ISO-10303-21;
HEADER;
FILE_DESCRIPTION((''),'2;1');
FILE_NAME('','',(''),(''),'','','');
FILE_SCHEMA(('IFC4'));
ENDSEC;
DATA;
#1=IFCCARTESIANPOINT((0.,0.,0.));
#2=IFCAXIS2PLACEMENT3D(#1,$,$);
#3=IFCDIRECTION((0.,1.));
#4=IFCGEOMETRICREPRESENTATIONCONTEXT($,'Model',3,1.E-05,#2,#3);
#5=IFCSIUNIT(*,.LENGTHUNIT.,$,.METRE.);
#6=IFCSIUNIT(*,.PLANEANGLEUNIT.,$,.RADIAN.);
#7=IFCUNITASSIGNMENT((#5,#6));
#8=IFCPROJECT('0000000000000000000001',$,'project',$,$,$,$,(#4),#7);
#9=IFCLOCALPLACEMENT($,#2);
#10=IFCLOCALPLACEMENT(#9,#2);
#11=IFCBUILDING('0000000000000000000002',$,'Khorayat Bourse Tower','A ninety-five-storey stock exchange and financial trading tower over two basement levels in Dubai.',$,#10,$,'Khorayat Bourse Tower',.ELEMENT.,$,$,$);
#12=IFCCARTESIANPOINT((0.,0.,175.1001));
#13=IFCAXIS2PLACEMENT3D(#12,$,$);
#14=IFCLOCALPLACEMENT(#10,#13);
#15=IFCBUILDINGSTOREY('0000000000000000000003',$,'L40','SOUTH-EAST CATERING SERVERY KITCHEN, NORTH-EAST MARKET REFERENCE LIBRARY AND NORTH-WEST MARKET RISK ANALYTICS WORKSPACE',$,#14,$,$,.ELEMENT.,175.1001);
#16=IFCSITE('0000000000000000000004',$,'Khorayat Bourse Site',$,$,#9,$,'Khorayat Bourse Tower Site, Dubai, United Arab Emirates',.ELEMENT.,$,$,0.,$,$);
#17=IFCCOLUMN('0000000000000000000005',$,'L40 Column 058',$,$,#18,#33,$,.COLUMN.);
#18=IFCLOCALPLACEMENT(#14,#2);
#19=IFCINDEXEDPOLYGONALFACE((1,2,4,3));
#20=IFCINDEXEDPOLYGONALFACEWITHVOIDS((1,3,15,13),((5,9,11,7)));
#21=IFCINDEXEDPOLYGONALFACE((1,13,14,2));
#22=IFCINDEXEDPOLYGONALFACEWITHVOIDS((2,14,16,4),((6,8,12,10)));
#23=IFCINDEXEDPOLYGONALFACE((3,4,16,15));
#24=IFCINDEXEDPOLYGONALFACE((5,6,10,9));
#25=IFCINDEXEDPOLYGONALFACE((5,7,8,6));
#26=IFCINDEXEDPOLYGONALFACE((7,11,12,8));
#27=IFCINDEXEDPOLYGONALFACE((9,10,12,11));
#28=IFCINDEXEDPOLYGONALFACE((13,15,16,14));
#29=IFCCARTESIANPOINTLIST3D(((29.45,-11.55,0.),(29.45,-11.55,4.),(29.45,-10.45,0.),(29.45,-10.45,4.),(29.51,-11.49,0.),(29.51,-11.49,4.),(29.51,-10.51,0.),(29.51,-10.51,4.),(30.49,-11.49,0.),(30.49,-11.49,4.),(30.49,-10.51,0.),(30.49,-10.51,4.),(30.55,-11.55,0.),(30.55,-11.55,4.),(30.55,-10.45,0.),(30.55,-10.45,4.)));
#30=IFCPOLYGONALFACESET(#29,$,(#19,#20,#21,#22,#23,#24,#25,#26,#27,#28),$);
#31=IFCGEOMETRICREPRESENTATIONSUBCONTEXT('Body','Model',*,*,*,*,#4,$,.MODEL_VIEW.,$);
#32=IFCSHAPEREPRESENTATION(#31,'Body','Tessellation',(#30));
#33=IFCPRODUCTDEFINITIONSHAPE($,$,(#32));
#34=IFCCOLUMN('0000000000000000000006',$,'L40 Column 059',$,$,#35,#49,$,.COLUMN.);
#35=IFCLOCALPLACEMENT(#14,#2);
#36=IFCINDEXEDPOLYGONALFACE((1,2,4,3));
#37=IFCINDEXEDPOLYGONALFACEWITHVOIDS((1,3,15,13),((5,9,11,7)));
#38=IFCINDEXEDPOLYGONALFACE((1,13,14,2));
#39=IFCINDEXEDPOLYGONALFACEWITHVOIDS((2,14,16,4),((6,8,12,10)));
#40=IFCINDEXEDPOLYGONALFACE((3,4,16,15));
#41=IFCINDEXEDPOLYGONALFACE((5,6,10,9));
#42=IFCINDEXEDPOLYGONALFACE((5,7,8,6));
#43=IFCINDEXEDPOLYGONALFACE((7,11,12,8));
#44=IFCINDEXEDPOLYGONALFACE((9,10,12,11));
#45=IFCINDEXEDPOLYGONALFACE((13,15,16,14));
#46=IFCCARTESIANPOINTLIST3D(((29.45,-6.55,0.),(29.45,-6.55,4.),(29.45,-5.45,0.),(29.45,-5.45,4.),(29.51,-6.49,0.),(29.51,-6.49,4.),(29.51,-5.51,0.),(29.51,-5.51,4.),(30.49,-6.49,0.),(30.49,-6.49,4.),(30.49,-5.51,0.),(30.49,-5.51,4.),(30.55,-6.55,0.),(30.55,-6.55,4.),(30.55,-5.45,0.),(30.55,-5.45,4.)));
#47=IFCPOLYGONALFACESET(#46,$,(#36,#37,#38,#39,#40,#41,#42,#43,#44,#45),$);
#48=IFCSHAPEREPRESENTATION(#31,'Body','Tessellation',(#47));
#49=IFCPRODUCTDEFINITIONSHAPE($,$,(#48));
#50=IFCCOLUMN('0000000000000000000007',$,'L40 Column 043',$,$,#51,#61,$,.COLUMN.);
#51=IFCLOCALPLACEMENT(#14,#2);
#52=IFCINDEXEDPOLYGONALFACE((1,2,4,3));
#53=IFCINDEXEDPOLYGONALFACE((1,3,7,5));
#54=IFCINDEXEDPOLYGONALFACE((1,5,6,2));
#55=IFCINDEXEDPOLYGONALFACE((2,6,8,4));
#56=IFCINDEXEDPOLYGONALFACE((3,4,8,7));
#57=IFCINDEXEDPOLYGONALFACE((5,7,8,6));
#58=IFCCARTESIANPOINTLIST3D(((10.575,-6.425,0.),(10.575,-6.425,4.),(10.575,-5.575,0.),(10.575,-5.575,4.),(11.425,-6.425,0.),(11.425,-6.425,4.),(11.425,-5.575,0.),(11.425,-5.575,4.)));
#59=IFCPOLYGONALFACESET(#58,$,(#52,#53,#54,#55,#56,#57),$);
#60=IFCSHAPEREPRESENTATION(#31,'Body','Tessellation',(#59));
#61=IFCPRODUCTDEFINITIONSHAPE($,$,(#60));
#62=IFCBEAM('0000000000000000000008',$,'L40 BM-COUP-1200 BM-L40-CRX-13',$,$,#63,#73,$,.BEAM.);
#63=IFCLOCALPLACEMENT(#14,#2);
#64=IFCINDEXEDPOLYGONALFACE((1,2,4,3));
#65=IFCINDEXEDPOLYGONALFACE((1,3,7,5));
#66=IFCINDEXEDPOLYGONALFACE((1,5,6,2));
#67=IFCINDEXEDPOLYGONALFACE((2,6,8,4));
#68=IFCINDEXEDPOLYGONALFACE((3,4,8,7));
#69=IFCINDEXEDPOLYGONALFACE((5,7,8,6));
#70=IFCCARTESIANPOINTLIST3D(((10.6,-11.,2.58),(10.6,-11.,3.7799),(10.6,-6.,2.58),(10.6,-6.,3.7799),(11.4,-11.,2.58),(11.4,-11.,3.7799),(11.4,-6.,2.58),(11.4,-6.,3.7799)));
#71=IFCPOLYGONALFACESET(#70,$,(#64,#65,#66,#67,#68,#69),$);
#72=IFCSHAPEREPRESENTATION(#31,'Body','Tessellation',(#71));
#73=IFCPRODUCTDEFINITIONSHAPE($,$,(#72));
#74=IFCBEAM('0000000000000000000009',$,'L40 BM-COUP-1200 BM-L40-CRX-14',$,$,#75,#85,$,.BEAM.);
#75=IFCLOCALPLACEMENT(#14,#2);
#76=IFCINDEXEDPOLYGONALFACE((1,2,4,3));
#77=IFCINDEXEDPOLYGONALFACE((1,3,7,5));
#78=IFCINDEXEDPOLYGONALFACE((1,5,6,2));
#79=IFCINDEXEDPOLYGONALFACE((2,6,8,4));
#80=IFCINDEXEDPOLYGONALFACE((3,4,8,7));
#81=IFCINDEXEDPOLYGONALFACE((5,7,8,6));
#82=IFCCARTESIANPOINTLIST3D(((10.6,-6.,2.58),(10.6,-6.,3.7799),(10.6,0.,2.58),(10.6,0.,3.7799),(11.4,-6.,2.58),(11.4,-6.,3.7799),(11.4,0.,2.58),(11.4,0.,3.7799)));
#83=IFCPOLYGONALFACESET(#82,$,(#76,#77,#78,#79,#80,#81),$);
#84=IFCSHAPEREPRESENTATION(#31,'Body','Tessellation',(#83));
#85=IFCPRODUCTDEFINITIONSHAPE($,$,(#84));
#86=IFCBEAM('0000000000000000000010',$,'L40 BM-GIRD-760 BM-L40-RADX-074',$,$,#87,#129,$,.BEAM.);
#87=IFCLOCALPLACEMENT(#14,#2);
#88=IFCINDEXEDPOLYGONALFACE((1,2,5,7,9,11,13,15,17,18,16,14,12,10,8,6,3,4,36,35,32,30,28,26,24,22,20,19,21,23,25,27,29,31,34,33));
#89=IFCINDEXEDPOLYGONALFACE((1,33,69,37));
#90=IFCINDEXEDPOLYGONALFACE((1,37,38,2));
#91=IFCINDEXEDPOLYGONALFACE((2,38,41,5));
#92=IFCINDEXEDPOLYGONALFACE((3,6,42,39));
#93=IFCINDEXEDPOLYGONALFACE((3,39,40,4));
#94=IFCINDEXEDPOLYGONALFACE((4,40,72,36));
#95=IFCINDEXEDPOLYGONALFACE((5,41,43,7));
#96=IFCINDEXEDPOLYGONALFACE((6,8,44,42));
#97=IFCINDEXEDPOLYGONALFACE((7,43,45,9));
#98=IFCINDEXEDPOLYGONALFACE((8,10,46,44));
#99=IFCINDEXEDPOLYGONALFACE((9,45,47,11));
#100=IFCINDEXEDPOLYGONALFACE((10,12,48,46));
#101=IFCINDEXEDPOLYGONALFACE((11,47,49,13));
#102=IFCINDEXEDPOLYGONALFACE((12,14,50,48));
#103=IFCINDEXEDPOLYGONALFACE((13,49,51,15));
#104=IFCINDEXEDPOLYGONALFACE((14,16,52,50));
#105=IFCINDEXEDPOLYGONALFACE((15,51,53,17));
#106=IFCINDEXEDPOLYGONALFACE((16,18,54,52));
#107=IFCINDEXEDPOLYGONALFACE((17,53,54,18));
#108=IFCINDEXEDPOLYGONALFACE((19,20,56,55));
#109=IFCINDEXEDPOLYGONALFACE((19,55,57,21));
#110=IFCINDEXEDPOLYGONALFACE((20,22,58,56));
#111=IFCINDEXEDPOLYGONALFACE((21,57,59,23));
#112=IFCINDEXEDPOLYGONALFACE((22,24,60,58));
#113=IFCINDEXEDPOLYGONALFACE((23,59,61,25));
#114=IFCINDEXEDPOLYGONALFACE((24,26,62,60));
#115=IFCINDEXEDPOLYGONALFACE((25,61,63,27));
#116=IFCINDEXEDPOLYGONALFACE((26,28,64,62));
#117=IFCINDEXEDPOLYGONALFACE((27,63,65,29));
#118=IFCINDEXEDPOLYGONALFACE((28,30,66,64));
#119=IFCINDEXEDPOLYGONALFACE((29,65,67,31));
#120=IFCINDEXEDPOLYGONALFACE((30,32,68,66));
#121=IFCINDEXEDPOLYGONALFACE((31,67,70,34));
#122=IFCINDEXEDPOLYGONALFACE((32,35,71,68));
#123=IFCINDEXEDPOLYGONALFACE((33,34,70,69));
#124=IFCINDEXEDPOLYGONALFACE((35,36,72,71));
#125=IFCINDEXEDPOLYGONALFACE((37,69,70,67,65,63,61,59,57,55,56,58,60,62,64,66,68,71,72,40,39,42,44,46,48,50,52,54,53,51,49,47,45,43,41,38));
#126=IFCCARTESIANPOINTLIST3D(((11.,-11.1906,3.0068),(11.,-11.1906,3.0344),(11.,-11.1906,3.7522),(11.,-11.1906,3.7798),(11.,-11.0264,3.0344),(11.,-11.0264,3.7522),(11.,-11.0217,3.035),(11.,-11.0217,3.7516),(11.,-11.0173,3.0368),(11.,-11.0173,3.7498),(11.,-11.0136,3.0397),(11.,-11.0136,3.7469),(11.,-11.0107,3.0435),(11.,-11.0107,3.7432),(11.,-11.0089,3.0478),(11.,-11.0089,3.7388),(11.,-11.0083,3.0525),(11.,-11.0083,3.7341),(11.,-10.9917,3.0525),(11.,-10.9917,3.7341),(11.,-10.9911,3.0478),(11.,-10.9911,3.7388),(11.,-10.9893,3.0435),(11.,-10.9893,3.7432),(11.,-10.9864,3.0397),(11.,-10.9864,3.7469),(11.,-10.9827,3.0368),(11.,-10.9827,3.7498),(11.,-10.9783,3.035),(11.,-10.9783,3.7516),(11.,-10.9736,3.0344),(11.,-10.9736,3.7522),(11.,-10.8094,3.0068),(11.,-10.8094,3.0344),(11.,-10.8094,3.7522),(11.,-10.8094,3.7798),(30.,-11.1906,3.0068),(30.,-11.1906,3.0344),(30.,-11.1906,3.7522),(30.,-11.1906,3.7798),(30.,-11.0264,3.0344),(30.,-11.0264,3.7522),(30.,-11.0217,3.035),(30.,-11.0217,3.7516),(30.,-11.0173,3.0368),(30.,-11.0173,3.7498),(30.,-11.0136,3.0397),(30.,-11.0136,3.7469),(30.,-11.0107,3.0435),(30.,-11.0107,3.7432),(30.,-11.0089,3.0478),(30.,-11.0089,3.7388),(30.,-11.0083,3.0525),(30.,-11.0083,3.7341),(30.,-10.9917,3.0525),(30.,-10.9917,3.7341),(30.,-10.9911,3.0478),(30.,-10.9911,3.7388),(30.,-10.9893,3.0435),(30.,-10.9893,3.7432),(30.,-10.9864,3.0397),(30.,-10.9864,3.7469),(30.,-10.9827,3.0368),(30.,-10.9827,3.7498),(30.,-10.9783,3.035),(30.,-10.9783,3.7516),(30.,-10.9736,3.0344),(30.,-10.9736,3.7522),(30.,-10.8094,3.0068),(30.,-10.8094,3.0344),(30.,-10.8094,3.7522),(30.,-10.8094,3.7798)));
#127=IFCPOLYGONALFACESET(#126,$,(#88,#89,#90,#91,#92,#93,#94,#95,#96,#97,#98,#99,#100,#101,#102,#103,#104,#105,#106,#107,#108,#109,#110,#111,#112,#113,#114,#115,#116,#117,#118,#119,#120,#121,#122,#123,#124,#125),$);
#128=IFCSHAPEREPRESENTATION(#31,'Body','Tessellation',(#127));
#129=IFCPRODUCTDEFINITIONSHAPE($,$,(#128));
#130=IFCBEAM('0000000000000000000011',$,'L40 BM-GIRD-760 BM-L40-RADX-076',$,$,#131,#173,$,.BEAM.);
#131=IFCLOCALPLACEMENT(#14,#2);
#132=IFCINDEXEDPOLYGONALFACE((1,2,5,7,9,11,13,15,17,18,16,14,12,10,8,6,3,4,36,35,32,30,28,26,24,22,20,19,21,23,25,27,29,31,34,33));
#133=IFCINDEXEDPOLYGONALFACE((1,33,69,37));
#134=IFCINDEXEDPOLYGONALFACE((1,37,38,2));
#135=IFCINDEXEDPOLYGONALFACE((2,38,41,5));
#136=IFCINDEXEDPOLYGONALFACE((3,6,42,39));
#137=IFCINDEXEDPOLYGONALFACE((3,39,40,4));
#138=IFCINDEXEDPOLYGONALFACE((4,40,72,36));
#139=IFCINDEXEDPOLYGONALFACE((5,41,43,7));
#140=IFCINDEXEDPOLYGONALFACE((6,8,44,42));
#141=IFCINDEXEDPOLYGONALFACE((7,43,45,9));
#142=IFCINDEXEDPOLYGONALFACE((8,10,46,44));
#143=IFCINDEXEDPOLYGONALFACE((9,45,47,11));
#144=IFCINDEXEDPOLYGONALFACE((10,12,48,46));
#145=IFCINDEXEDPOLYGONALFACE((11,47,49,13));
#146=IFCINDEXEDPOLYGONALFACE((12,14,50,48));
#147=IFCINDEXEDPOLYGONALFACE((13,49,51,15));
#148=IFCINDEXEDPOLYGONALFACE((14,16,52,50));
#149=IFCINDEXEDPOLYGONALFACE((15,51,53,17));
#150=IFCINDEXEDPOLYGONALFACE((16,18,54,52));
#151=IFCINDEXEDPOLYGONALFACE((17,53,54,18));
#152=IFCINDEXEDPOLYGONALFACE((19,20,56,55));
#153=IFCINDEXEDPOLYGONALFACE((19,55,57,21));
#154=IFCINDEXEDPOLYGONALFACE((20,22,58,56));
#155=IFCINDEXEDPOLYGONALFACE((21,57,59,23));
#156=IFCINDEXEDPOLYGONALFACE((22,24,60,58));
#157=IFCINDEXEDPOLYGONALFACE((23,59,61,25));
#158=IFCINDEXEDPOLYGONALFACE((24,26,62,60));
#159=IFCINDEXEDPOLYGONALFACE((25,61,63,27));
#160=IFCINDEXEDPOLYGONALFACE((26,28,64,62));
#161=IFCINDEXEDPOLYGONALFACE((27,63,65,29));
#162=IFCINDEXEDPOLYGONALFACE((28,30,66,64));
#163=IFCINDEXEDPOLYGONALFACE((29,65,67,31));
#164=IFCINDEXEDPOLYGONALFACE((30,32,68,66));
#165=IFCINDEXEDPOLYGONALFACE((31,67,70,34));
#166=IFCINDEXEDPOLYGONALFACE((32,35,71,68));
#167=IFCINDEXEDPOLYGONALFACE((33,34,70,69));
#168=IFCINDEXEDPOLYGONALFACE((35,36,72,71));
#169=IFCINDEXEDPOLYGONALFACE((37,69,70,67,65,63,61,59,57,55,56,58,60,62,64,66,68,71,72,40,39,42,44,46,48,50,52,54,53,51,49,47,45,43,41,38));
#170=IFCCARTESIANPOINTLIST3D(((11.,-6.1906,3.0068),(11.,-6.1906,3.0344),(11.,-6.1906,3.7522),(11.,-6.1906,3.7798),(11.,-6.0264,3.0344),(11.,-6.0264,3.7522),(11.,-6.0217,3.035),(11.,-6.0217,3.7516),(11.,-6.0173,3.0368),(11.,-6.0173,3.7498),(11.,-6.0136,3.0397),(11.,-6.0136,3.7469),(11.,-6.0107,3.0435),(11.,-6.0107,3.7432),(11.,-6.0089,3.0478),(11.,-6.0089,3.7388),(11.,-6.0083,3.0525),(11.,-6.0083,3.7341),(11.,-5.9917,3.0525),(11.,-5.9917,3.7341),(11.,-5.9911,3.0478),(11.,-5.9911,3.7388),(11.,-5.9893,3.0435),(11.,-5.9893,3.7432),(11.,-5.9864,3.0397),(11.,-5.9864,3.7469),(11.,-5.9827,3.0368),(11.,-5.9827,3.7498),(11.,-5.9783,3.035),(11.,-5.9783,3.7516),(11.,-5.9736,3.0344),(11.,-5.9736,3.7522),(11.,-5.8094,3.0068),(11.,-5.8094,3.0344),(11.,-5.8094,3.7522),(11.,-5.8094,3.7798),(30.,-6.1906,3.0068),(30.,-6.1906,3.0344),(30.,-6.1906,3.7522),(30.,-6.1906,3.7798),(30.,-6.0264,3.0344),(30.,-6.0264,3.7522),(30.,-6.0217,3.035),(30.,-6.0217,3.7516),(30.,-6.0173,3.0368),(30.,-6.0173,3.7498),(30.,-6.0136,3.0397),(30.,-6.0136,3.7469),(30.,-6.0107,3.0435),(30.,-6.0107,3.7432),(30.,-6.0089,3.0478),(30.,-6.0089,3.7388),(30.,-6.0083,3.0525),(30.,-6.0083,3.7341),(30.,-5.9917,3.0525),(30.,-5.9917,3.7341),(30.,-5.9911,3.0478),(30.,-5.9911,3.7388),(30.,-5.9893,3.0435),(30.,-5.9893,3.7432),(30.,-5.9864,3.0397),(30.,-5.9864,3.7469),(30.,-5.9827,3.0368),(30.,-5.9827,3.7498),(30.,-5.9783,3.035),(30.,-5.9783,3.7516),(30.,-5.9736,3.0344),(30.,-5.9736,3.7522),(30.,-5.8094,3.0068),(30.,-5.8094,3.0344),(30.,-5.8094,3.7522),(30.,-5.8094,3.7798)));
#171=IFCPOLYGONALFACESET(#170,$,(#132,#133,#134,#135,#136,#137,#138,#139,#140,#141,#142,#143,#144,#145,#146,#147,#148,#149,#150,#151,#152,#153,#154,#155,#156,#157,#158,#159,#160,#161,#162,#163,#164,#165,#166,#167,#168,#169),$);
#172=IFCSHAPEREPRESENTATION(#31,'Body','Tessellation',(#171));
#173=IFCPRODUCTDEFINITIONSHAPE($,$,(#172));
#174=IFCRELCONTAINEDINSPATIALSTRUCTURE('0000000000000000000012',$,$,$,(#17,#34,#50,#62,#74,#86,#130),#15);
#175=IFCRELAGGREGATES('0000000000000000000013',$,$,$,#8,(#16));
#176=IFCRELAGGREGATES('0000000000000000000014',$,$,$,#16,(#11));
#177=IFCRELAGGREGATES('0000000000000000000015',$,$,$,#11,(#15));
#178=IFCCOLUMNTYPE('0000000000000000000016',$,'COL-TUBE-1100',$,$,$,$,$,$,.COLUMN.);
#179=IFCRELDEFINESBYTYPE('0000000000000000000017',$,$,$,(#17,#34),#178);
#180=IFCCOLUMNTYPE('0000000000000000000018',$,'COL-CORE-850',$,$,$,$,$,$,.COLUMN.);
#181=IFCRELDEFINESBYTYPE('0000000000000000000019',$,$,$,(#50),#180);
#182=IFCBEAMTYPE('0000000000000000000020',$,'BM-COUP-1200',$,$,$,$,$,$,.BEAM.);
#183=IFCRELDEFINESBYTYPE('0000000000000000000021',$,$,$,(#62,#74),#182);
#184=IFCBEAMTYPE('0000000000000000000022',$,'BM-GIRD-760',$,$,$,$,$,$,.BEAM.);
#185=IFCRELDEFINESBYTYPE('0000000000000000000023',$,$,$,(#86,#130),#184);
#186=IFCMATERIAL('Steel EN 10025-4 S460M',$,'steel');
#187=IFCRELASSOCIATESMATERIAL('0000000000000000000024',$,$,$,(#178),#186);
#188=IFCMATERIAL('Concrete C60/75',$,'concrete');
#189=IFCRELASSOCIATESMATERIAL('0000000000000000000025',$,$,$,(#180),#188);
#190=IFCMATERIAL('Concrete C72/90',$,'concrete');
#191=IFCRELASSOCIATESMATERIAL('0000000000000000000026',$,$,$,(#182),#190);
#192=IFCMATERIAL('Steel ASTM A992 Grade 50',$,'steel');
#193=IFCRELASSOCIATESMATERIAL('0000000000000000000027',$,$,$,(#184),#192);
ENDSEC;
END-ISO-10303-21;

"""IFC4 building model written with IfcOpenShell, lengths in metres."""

from ifc_helpers import new_model, si_unit, direction, frame, origin, origin_2d, place, context, subcontext, project, spatial, rectangle, hollow_rectangle, i_section, extrude, source, transform, mapped, material, material_profile, profile_set, type_object, element, save


model = new_model("IFC4")

# Units and contexts
model_context = context("Model", 3, precision=1e-05, world=origin(), true_north=direction((0.0, 1.0)))
body_context = subcontext(model_context, "Body", "Model", "MODEL_VIEW")
ifc_project = project(units=[si_unit("LENGTHUNIT", "METRE"), si_unit("PLANEANGLEUNIT", "RADIAN")], contexts=[model_context])

# Site, building, storey
site_placement = place(None, origin())
site = spatial("IfcSite", under=ifc_project, at=site_placement, Name="Khorayat Bourse Site", LongName="Khorayat Bourse Tower Site, Dubai, United Arab Emirates", CompositionType="ELEMENT", RefElevation=0.0)
building_placement = place(site_placement, origin())
building = spatial("IfcBuilding", under=site, at=building_placement, Name="Khorayat Bourse Tower", Description="A ninety-five-storey stock exchange and financial trading tower over two basement levels in Dubai.", LongName="Khorayat Bourse Tower", CompositionType="ELEMENT")
storey_placement = place(building_placement, frame((0.0, 0.0, 175.1001)))
storey = spatial("IfcBuildingStorey", under=building, at=storey_placement, Name="L40", Description="SOUTH-EAST CATERING SERVERY KITCHEN, NORTH-EAST MARKET REFERENCE LIBRARY AND NORTH-WEST MARKET RISK ANALYTICS WORKSPACE", CompositionType="ELEMENT", Elevation=175.1001)

# Columns
ifc_material_1 = material(Name="Steel EN 10025-4 S460M", Category="steel")
ifc_material_profile_1 = material_profile(ifc_material_1, hollow_rectangle(XDim=1.1001, YDim=1.1001, WallThickness=0.0601, at=origin_2d()), Name="BOX 1100x1100x60")
ifc_profile_set_1 = profile_set([ifc_material_profile_1], Name="Steel EN 10025-4 S460M")
column_type_1 = type_object("IfcColumnType", Name="COL-TUBE-1100", PredefinedType="COLUMN", material=ifc_profile_set_1)
shared_shape_1 = source(origin(), body_context, "Body", "SweptSolid", [
    extrude(hollow_rectangle(XDim=1.1001, YDim=1.1001, WallThickness=0.0601, at=origin_2d()), origin(), (0.0, 0.0, 1.0), 4.0),
])
for number, where, z_axis, x_axis, name in (
    (1, (30.0, -11.0, 0.0), (0.0, 0.0, 1.0), (1.0, 0.0, 0.0), "L40 Column 058"),
    (2, (30.0, -6.0, 0.0), (0.0, 0.0, 1.0), (1.0, 0.0, 0.0), "L40 Column 059"),
):
    element("IfcColumn", number, at=place(storey_placement, frame(where, z_axis=z_axis, x_axis=x_axis)), inside=storey, type_object=column_type_1, Name=name, PredefinedType="COLUMN", context=body_context, shape_type="MappedRepresentation", body=[
        mapped(shared_shape_1, transform((0.0, 0.0, 0.0), scale=1.0)),
    ])
ifc_material_2 = material(Name="Concrete C60/75", Category="concrete")
ifc_material_profile_2 = material_profile(ifc_material_2, rectangle(XDim=0.8501, YDim=0.8501, at=origin_2d()), Name="RC 850x850")
ifc_profile_set_2 = profile_set([ifc_material_profile_2], Name="Concrete C60/75")
column_type_2 = type_object("IfcColumnType", Name="COL-CORE-850", PredefinedType="COLUMN", material=ifc_profile_set_2)
shared_shape_2 = source(origin(), body_context, "Body", "SweptSolid", [
    extrude(rectangle(XDim=0.8501, YDim=0.8501, at=origin_2d()), origin(), (0.0, 0.0, 1.0), 4.0),
])
column_placement = place(storey_placement, frame((11.0, -6.0, 0.0), z_axis=(0.0, 0.0, 1.0), x_axis=(1.0, 0.0, 0.0)))
element("IfcColumn", 3, at=column_placement, inside=storey, type_object=column_type_2, Name="L40 Column 043", PredefinedType="COLUMN", context=body_context, shape_type="MappedRepresentation", body=[
    mapped(shared_shape_2, transform((0.0, 0.0, 0.0), scale=1.0)),
])

# Beams
ifc_material_3 = material(Name="Concrete C72/90", Category="concrete")
ifc_material_profile_3 = material_profile(ifc_material_3, rectangle(XDim=0.8, YDim=1.2, at=origin_2d()), Name="RC 800x1200")
ifc_profile_set_3 = profile_set([ifc_material_profile_3], Name="Concrete C72/90")
beam_type_1 = type_object("IfcBeamType", Name="BM-COUP-1200", PredefinedType="BEAM", material=ifc_profile_set_3)
shared_shape_3 = source(origin(), body_context, "Body", "SweptSolid", [
    extrude(rectangle(XDim=0.8, YDim=1.2, at=origin_2d()), origin(), (0.0, 0.0, 1.0), 5.0),
])
beam_1_placement = place(storey_placement, frame((11.0, -11.0, 3.1799), z_axis=(0.0, 1.0, 0.0), x_axis=(-1.0, 0.0, 0.0)))
element("IfcBeam", 4, at=beam_1_placement, inside=storey, type_object=beam_type_1, Name="L40 BM-COUP-1200 BM-L40-CRX-13", PredefinedType="BEAM", context=body_context, shape_type="MappedRepresentation", body=[
    mapped(shared_shape_3, transform((0.0, 0.0, 0.0), scale=1.0)),
])
shared_shape_4 = source(origin(), body_context, "Body", "SweptSolid", [
    extrude(rectangle(XDim=0.8, YDim=1.2, at=origin_2d()), origin(), (0.0, 0.0, 1.0), 6.0),
])
beam_2_placement = place(storey_placement, frame((11.0, -6.0, 3.1799), z_axis=(0.0, 1.0, 0.0), x_axis=(-1.0, 0.0, 0.0)))
element("IfcBeam", 5, at=beam_2_placement, inside=storey, type_object=beam_type_1, Name="L40 BM-COUP-1200 BM-L40-CRX-14", PredefinedType="BEAM", context=body_context, shape_type="MappedRepresentation", body=[
    mapped(shared_shape_4, transform((0.0, 0.0, 0.0), scale=1.0)),
])
ifc_material_4 = material(Name="Steel ASTM A992 Grade 50", Category="steel")
ifc_material_profile_4 = material_profile(ifc_material_4, i_section(OverallWidth=0.3811, OverallDepth=0.7729, WebThickness=0.0166, FlangeThickness=0.0276, FilletRadius=0.0181, at=origin_2d()), Name="W760X257")
ifc_profile_set_4 = profile_set([ifc_material_profile_4], Name="Steel ASTM A992 Grade 50")
beam_type_2 = type_object("IfcBeamType", Name="BM-GIRD-760", PredefinedType="BEAM", material=ifc_profile_set_4)
shared_shape_5 = source(origin(), body_context, "Body", "SweptSolid", [
    extrude(i_section(OverallWidth=0.3811, OverallDepth=0.7729, WebThickness=0.0166, FlangeThickness=0.0276, FilletRadius=0.0181, at=origin_2d()), origin(), (0.0, 0.0, 1.0), 19.0),
])
for number, where, z_axis, x_axis, name in (
    (6, (11.0, -11.0, 3.3933), (1.0, 0.0, 0.0), (0.0, 1.0, 0.0), "L40 BM-GIRD-760 BM-L40-RADX-074"),
    (7, (11.0, -6.0, 3.3933), (1.0, 0.0, 0.0), (0.0, 1.0, 0.0), "L40 BM-GIRD-760 BM-L40-RADX-076"),
):
    element("IfcBeam", number, at=place(storey_placement, frame(where, z_axis=z_axis, x_axis=x_axis)), inside=storey, type_object=beam_type_2, Name=name, PredefinedType="BEAM", context=body_context, shape_type="MappedRepresentation", body=[
        mapped(shared_shape_5, transform((0.0, 0.0, 0.0), scale=1.0)),
    ])

save(model, "model.ifc")
